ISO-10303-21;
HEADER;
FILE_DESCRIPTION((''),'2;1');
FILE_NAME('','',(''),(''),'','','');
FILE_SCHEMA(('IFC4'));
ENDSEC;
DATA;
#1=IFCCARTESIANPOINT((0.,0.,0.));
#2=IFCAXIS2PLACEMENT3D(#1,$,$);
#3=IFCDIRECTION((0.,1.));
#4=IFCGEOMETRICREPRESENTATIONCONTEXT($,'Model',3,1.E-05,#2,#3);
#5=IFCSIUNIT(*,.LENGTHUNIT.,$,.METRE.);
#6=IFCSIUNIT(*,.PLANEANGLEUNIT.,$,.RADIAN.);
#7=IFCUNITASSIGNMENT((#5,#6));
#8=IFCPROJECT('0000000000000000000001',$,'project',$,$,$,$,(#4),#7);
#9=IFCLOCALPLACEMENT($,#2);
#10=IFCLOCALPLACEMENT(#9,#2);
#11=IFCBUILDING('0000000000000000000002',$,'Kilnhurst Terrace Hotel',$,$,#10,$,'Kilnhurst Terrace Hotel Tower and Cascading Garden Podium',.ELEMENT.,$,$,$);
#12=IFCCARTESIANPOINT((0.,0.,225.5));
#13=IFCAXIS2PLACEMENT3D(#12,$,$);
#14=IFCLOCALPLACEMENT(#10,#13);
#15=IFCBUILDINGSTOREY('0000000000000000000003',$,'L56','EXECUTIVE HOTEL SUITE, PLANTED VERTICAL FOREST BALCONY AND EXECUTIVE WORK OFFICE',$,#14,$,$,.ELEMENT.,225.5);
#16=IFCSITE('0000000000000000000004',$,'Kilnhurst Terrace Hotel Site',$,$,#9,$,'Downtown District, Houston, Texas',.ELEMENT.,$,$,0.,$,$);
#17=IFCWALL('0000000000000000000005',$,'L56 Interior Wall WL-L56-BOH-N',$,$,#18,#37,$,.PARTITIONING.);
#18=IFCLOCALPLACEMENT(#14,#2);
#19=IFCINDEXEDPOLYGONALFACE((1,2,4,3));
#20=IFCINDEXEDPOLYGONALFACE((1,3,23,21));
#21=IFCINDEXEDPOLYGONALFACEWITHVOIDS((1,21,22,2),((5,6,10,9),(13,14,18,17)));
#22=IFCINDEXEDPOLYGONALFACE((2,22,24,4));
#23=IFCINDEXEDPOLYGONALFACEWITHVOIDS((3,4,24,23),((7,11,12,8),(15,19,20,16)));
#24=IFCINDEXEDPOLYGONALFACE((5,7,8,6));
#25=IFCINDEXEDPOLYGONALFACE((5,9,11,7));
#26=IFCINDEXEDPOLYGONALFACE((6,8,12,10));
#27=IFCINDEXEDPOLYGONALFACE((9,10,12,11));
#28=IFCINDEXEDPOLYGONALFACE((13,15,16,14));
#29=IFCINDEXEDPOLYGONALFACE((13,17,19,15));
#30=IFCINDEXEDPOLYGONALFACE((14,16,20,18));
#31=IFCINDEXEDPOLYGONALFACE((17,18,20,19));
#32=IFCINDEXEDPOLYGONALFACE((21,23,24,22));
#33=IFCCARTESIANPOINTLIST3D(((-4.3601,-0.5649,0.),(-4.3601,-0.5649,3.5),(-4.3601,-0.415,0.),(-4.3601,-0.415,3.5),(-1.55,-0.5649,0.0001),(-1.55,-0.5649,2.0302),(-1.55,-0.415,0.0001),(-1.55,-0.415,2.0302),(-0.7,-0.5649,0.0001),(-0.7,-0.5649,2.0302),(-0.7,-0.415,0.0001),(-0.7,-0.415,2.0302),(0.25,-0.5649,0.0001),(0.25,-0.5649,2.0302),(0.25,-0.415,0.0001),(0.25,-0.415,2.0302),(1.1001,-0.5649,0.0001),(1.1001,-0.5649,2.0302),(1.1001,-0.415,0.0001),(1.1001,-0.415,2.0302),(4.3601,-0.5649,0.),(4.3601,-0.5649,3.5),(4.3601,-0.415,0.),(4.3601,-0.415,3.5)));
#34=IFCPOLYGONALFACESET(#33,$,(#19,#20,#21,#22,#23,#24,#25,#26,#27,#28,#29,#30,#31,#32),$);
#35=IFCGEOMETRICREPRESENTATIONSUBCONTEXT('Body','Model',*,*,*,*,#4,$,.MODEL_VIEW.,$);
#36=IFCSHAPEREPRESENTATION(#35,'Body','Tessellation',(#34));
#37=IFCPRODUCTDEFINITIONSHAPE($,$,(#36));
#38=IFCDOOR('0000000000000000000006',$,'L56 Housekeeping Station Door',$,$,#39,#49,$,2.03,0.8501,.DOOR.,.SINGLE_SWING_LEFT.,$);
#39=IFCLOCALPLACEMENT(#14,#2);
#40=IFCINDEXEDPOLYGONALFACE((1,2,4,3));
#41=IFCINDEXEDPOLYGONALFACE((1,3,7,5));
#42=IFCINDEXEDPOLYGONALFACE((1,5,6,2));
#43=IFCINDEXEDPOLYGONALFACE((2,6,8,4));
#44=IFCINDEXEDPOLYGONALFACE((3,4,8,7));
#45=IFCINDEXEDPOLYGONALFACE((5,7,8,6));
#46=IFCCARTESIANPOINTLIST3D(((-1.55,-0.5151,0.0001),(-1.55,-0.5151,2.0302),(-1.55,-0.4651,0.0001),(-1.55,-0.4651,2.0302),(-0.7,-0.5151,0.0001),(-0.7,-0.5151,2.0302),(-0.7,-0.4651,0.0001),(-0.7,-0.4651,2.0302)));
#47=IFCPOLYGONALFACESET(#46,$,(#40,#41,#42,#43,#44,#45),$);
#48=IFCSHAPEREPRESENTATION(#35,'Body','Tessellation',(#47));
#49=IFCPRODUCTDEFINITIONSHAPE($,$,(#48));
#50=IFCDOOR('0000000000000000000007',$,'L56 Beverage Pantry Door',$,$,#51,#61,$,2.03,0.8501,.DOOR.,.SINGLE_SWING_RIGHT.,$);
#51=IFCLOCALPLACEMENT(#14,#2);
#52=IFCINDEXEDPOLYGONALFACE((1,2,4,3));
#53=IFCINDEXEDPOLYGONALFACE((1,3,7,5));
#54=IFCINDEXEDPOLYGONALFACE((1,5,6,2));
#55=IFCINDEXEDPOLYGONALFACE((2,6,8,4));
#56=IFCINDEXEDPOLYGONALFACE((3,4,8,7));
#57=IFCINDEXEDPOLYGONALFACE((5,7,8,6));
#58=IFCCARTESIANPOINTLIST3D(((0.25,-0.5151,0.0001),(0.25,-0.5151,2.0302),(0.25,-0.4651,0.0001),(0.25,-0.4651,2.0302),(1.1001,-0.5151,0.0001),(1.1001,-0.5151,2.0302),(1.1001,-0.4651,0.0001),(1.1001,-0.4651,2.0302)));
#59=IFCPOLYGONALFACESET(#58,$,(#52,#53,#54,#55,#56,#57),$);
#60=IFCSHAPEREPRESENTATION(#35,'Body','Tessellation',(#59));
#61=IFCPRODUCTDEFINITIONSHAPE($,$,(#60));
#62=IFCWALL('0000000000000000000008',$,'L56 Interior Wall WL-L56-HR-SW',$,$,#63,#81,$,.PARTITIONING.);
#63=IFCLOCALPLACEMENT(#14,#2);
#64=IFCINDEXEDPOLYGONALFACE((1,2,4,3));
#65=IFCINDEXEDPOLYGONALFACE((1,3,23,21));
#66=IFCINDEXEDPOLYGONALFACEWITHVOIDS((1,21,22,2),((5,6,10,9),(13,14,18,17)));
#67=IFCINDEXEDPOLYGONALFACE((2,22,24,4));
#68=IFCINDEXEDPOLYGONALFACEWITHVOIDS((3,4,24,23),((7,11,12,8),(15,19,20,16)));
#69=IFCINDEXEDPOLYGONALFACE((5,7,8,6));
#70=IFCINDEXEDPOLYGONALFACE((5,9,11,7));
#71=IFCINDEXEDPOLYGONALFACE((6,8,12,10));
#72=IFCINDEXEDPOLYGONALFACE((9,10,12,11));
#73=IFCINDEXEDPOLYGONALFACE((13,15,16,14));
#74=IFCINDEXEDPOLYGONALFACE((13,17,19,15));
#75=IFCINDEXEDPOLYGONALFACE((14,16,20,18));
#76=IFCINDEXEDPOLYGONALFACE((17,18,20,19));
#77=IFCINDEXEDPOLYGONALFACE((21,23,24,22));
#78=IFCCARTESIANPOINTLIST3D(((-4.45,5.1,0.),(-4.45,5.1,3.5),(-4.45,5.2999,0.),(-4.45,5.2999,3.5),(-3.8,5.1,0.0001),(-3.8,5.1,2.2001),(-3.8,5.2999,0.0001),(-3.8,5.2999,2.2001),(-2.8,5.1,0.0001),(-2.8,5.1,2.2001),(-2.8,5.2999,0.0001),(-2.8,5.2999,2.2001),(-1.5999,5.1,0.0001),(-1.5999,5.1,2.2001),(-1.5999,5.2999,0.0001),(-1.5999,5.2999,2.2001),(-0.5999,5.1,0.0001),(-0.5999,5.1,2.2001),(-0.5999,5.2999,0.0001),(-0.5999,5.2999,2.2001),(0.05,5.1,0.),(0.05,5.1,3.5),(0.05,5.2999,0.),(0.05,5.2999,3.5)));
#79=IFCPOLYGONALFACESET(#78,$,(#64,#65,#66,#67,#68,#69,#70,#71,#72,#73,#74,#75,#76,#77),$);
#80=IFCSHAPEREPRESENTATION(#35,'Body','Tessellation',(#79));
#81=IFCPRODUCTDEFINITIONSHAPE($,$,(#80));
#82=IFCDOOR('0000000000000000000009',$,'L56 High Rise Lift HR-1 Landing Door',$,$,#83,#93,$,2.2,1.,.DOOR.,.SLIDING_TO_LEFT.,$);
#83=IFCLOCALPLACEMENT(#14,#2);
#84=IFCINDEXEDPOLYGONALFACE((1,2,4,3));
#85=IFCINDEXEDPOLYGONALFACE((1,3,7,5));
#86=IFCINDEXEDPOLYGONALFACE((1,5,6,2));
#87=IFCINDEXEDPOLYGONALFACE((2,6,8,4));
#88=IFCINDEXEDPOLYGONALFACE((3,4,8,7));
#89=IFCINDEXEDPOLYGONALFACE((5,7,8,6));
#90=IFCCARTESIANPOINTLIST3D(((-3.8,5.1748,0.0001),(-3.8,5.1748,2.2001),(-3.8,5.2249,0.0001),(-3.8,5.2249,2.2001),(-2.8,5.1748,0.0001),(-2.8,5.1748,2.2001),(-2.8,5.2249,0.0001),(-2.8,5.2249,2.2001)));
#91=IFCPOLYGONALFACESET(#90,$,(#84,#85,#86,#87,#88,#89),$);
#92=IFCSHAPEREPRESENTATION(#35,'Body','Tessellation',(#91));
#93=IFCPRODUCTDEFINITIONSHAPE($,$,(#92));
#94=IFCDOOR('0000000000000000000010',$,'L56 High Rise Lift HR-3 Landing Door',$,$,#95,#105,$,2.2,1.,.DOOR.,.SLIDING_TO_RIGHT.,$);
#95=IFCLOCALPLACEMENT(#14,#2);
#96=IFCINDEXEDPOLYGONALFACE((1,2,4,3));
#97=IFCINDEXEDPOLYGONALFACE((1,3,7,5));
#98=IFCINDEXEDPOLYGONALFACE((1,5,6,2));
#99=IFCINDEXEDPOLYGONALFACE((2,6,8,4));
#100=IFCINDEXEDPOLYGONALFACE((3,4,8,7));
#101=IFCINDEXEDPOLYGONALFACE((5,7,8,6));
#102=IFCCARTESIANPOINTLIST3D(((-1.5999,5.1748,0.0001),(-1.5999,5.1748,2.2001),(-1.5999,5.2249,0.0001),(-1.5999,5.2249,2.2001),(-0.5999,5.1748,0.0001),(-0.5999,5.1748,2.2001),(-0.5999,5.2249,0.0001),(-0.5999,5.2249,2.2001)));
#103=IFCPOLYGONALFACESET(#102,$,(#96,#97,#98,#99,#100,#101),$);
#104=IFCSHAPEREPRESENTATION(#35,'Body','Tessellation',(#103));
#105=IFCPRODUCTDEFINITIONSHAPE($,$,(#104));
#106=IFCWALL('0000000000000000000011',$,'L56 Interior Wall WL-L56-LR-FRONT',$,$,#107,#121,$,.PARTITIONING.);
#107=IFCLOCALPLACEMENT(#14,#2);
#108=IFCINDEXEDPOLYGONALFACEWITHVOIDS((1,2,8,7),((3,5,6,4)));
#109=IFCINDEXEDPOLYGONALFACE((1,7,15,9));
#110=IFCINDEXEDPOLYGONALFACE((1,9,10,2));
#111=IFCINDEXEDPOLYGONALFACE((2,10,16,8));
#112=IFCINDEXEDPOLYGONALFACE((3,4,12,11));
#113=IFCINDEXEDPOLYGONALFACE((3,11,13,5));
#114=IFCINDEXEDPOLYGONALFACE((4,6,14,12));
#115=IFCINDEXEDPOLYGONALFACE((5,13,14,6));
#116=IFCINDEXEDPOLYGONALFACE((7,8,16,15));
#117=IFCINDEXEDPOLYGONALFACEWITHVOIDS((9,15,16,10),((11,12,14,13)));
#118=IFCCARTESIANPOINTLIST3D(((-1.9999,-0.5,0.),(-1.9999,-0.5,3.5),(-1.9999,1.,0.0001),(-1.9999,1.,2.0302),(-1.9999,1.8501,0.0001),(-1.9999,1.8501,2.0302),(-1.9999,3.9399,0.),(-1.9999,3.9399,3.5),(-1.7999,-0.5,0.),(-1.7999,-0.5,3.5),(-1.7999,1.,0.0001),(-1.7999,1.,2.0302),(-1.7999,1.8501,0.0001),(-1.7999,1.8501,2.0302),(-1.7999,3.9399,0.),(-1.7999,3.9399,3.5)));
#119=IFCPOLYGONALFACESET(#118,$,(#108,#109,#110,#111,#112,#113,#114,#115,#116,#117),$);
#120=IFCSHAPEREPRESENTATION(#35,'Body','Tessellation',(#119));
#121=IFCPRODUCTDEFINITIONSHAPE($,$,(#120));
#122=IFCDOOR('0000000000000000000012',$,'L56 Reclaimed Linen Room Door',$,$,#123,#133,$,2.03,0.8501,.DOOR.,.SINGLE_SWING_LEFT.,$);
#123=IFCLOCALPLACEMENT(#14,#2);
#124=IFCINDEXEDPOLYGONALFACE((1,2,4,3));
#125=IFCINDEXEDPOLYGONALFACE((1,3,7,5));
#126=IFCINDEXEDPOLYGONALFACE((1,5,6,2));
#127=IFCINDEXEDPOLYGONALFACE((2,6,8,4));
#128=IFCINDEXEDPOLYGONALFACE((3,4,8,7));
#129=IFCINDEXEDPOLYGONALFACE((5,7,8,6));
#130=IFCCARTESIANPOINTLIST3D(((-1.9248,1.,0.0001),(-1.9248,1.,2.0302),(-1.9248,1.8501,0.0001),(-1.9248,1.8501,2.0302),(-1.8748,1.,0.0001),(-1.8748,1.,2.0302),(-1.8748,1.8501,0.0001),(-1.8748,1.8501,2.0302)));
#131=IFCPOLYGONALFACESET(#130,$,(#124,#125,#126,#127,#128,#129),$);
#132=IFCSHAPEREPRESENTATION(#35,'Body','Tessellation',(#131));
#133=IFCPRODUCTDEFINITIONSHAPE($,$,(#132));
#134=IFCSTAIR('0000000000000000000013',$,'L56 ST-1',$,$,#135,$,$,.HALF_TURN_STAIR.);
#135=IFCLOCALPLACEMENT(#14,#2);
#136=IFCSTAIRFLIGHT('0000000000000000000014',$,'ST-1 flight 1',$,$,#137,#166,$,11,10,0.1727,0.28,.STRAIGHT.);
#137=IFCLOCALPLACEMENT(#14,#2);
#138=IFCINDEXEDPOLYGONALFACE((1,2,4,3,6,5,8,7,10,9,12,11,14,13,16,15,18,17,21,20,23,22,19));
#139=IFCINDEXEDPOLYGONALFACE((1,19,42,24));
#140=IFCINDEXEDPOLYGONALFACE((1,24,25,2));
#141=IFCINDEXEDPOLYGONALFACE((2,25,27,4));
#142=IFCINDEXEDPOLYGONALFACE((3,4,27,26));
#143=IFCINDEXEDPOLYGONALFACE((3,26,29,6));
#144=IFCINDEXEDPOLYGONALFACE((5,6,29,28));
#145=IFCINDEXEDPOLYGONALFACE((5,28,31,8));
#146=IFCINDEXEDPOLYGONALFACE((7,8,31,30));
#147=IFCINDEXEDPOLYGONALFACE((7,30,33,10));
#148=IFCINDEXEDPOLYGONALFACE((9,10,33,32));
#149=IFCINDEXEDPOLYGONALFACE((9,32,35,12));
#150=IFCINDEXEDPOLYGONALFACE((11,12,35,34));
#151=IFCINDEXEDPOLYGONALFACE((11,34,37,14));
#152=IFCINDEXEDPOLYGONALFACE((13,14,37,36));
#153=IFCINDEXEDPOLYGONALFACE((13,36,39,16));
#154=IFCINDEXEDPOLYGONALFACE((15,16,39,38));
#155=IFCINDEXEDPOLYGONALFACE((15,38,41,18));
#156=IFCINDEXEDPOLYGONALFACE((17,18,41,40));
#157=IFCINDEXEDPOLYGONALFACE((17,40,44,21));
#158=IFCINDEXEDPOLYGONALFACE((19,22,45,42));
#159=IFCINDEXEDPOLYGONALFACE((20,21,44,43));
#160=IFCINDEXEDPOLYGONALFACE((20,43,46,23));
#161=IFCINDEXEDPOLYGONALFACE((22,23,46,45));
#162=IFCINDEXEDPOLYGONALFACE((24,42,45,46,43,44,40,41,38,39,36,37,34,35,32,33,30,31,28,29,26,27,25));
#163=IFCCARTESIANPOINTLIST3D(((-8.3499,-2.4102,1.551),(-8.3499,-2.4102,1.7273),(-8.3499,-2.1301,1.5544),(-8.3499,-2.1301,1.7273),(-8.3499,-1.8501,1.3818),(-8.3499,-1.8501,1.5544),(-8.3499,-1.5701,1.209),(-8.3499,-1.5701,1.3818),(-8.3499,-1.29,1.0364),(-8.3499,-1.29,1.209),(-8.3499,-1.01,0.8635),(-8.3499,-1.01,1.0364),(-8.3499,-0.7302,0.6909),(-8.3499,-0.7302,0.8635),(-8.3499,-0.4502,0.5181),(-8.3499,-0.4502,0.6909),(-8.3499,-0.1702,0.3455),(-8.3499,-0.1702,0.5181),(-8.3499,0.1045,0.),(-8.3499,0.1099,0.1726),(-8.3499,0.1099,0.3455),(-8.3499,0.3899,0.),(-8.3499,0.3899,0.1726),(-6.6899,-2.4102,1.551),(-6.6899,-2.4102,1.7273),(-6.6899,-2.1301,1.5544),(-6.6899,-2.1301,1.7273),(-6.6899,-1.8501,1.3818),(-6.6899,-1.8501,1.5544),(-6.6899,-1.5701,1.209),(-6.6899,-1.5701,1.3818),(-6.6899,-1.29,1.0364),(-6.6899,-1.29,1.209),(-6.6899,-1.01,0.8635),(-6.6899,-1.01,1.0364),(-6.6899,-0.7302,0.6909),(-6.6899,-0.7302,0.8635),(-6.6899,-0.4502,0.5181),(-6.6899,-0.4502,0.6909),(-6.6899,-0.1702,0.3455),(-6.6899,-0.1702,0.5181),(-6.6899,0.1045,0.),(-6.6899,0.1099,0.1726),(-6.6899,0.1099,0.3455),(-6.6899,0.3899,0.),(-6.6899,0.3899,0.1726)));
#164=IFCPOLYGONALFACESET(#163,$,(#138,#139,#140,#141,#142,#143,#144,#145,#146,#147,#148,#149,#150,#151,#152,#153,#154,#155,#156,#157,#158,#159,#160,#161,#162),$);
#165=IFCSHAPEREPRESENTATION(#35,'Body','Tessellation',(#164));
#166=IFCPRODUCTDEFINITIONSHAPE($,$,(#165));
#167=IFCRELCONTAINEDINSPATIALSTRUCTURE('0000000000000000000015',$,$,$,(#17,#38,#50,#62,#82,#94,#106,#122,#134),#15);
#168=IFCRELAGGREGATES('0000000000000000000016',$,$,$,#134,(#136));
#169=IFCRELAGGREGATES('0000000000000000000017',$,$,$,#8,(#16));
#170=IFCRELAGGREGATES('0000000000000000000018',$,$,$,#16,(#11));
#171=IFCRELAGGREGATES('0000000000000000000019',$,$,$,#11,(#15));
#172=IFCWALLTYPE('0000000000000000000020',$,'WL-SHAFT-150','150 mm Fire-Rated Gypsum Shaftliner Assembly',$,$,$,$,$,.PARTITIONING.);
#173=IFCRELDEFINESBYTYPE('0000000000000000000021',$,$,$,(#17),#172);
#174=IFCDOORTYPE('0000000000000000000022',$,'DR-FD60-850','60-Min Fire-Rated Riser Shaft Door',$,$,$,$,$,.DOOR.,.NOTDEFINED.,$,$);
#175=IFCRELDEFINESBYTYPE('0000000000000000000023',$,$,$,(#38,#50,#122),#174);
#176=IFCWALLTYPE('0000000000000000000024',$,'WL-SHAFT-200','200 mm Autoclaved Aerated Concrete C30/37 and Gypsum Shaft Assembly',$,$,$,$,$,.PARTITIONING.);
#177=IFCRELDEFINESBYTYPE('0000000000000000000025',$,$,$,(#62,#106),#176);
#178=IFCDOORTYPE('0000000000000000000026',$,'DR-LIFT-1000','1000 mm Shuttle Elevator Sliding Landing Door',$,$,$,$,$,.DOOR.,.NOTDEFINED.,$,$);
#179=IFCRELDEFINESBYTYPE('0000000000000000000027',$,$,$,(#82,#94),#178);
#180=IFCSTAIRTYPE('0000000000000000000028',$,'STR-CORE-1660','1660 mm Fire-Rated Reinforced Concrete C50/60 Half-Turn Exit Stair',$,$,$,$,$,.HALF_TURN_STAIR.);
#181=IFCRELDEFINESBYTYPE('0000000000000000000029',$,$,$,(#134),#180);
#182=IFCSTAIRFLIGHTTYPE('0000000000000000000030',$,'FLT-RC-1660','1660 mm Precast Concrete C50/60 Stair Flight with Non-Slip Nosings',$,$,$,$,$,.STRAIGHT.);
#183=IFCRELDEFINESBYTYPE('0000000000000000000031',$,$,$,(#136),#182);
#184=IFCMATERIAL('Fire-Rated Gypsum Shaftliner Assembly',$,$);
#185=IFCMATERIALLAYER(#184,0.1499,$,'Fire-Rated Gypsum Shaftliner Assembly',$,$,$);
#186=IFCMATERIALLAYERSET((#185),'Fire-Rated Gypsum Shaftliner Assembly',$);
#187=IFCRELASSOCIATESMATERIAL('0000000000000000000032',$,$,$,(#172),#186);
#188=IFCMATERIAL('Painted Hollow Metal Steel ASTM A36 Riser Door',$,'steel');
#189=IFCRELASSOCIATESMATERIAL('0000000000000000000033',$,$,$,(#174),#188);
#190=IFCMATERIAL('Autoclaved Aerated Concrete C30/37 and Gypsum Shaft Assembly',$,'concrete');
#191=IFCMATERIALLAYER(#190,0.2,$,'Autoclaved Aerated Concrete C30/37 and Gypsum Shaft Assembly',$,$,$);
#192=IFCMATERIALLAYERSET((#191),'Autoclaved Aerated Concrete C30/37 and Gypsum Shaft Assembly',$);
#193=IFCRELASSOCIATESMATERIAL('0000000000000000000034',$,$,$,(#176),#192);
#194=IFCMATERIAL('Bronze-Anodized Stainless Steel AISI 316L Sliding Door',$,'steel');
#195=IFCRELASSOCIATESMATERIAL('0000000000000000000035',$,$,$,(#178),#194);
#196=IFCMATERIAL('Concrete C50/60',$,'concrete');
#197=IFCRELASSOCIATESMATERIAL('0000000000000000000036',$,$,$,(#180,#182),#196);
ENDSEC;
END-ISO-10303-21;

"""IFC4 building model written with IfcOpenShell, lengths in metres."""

from ifc_helpers import new_model, si_unit, direction, frame, frame_2d, origin, place, context, subcontext, project, spatial, polyline, rectangle, outline, extrude, material, layer, layer_set, type_object, element, fill, aggregate, save


model = new_model("IFC4")

# Units and contexts
model_context = context("Model", 3, precision=1e-05, world=origin(), true_north=direction((0.0, 1.0)))
body_context = subcontext(model_context, "Body", "Model", "MODEL_VIEW")
ifc_project = project(units=[si_unit("LENGTHUNIT", "METRE"), si_unit("PLANEANGLEUNIT", "RADIAN")], contexts=[model_context])

# Site, building, storey
site_placement = place(None, origin())
site = spatial("IfcSite", under=ifc_project, at=site_placement, Name="Kilnhurst Terrace Hotel Site", LongName="Downtown District, Houston, Texas", CompositionType="ELEMENT", RefElevation=0.0)
building_placement = place(site_placement, origin())
building = spatial("IfcBuilding", under=site, at=building_placement, Name="Kilnhurst Terrace Hotel", LongName="Kilnhurst Terrace Hotel Tower and Cascading Garden Podium", CompositionType="ELEMENT")
storey_placement = place(building_placement, frame((0.0, 0.0, 225.5)))
storey = spatial("IfcBuildingStorey", under=building, at=storey_placement, Name="L56", Description="EXECUTIVE HOTEL SUITE, PLANTED VERTICAL FOREST BALCONY AND EXECUTIVE WORK OFFICE", CompositionType="ELEMENT", Elevation=225.5)

# Shared definitions
ifc_material_1 = material(Name="Concrete C50/60", Category="concrete")

# Shared definitions
ifc_material_2 = material(Name="Fire-Rated Gypsum Shaftliner Assembly")
ifc_layer_1 = layer(ifc_material_2, 0.1499, Name="Fire-Rated Gypsum Shaftliner Assembly")
ifc_layer_set_1 = layer_set([ifc_layer_1], Name="Fire-Rated Gypsum Shaftliner Assembly")
wall_type_1 = type_object("IfcWallType", Name="WL-SHAFT-150", Description="150 mm Fire-Rated Gypsum Shaftliner Assembly", PredefinedType="PARTITIONING", material=ifc_layer_set_1)

# Walls, openings, doors
wall_1_placement = place(storey_placement, frame((-4.3601, -0.49, 0.0), z_axis=(0.0, 0.0, 1.0), x_axis=(1.0, 0.0, 0.0)))
wall_1 = element("IfcWall", 1, at=wall_1_placement, inside=storey, type_object=wall_type_1, Name="L56 Interior Wall WL-L56-BOH-N", PredefinedType="PARTITIONING", context=body_context, shape_type="SweptSolid", body=[
    extrude(rectangle(XDim=8.7202, YDim=0.1499, at=frame_2d((4.3601, 0.0))), origin(), (0.0, 0.0, 1.0), 3.5),
])
opening_1_placement = place(wall_1_placement, frame((2.8101, 0.0, 0.0)))
opening_1 = element("IfcOpeningElement", 2, at=opening_1_placement, cuts=wall_1, PredefinedType="OPENING", context=body_context, shape_type="SweptSolid", body=[
    extrude(rectangle(XDim=0.8501, YDim=2.03, at=frame_2d((0.425, 1.0151))), frame((0.0, 0.085, 0.0), z_axis=(0.0, -1.0, 0.0), x_axis=(1.0, 0.0, 0.0)), (0.0, 0.0, 1.0), 0.1699),
])
opening_2_placement = place(wall_1_placement, frame((4.6101, 0.0, 0.0)))
opening_2 = element("IfcOpeningElement", 3, at=opening_2_placement, cuts=wall_1, PredefinedType="OPENING", context=body_context, shape_type="SweptSolid", body=[
    extrude(rectangle(XDim=0.8501, YDim=2.03, at=frame_2d((0.425, 1.0151))), frame((0.0, 0.085, 0.0), z_axis=(0.0, -1.0, 0.0), x_axis=(1.0, 0.0, 0.0)), (0.0, 0.0, 1.0), 0.1699),
])
ifc_material_3 = material(Name="Painted Hollow Metal Steel ASTM A36 Riser Door", Category="steel")
door_type_1 = type_object("IfcDoorType", Name="DR-FD60-850", Description="60-Min Fire-Rated Riser Shaft Door", OperationType="NOTDEFINED", PredefinedType="DOOR", material=ifc_material_3)
door_1_placement = place(opening_1_placement, origin())
door_1 = element("IfcDoor", 4, at=door_1_placement, inside=storey, type_object=door_type_1, Name="L56 Housekeeping Station Door", OperationType="SINGLE_SWING_LEFT", OverallHeight=2.03, OverallWidth=0.8501, PredefinedType="DOOR", context=body_context, shape_type="SweptSolid", body=[
    extrude(rectangle(XDim=0.8501, YDim=2.03, at=frame_2d((0.425, 1.0151))), frame((0.0, 0.0249, 0.0), z_axis=(0.0, -1.0, 0.0), x_axis=(1.0, 0.0, 0.0)), (0.0, 0.0, 1.0), 0.05),
])
fill(opening_1, door_1)
door_2_placement = place(opening_2_placement, origin())
door_2 = element("IfcDoor", 5, at=door_2_placement, inside=storey, type_object=door_type_1, Name="L56 Beverage Pantry Door", OperationType="SINGLE_SWING_RIGHT", OverallHeight=2.03, OverallWidth=0.8501, PredefinedType="DOOR", context=body_context, shape_type="SweptSolid", body=[
    extrude(rectangle(XDim=0.8501, YDim=2.03, at=frame_2d((0.425, 1.0151))), frame((0.0, 0.0249, 0.0), z_axis=(0.0, -1.0, 0.0), x_axis=(1.0, 0.0, 0.0)), (0.0, 0.0, 1.0), 0.05),
])
fill(opening_2, door_2)
ifc_material_4 = material(Name="Autoclaved Aerated Concrete C30/37 and Gypsum Shaft Assembly", Category="concrete")
ifc_layer_2 = layer(ifc_material_4, 0.2, Name="Autoclaved Aerated Concrete C30/37 and Gypsum Shaft Assembly")
ifc_layer_set_2 = layer_set([ifc_layer_2], Name="Autoclaved Aerated Concrete C30/37 and Gypsum Shaft Assembly")
wall_type_2 = type_object("IfcWallType", Name="WL-SHAFT-200", Description="200 mm Autoclaved Aerated Concrete C30/37 and Gypsum Shaft Assembly", PredefinedType="PARTITIONING", material=ifc_layer_set_2)
wall_2_placement = place(storey_placement, frame((-4.45, 5.2, 0.0), z_axis=(0.0, 0.0, 1.0), x_axis=(1.0, 0.0, 0.0)))
wall_2 = element("IfcWall", 6, at=wall_2_placement, inside=storey, type_object=wall_type_2, Name="L56 Interior Wall WL-L56-HR-SW", PredefinedType="PARTITIONING", context=body_context, shape_type="SweptSolid", body=[
    extrude(rectangle(XDim=4.5, YDim=0.2, at=frame_2d((2.25, 0.0))), origin(), (0.0, 0.0, 1.0), 3.5),
])
opening_3_placement = place(wall_2_placement, frame((0.6499, 0.0, 0.0)))
opening_3 = element("IfcOpeningElement", 7, at=opening_3_placement, cuts=wall_2, PredefinedType="OPENING", context=body_context, shape_type="SweptSolid", body=[
    extrude(rectangle(XDim=1.0, YDim=2.2, at=frame_2d((0.5, 1.1001))), frame((0.0, 0.1099, 0.0), z_axis=(0.0, -1.0, 0.0), x_axis=(1.0, 0.0, 0.0)), (0.0, 0.0, 1.0), 0.22),
])
opening_4_placement = place(wall_2_placement, frame((2.8501, 0.0, 0.0)))
opening_4 = element("IfcOpeningElement", 8, at=opening_4_placement, cuts=wall_2, PredefinedType="OPENING", context=body_context, shape_type="SweptSolid", body=[
    extrude(rectangle(XDim=1.0, YDim=2.2, at=frame_2d((0.5, 1.1001))), frame((0.0, 0.1099, 0.0), z_axis=(0.0, -1.0, 0.0), x_axis=(1.0, 0.0, 0.0)), (0.0, 0.0, 1.0), 0.22),
])
ifc_material_5 = material(Name="Bronze-Anodized Stainless Steel AISI 316L Sliding Door", Category="steel")
door_type_2 = type_object("IfcDoorType", Name="DR-LIFT-1000", Description="1000 mm Shuttle Elevator Sliding Landing Door", OperationType="NOTDEFINED", PredefinedType="DOOR", material=ifc_material_5)
door_3_placement = place(opening_3_placement, origin())
door_3 = element("IfcDoor", 9, at=door_3_placement, inside=storey, type_object=door_type_2, Name="L56 High Rise Lift HR-1 Landing Door", OperationType="SLIDING_TO_LEFT", OverallHeight=2.2, OverallWidth=1.0, PredefinedType="DOOR", context=body_context, shape_type="SweptSolid", body=[
    extrude(rectangle(XDim=1.0, YDim=2.2, at=frame_2d((0.5, 1.1001))), frame((0.0, 0.0249, 0.0), z_axis=(0.0, -1.0, 0.0), x_axis=(1.0, 0.0, 0.0)), (0.0, 0.0, 1.0), 0.05),
])
fill(opening_3, door_3)
door_4_placement = place(opening_4_placement, origin())
door_4 = element("IfcDoor", 10, at=door_4_placement, inside=storey, type_object=door_type_2, Name="L56 High Rise Lift HR-3 Landing Door", OperationType="SLIDING_TO_RIGHT", OverallHeight=2.2, OverallWidth=1.0, PredefinedType="DOOR", context=body_context, shape_type="SweptSolid", body=[
    extrude(rectangle(XDim=1.0, YDim=2.2, at=frame_2d((0.5, 1.1001))), frame((0.0, 0.0249, 0.0), z_axis=(0.0, -1.0, 0.0), x_axis=(1.0, 0.0, 0.0)), (0.0, 0.0, 1.0), 0.05),
])
fill(opening_4, door_4)

# Wall, opening, door
wall_3_placement = place(storey_placement, frame((-1.8999, -0.5, 0.0), z_axis=(0.0, 0.0, 1.0), x_axis=(0.0, 1.0, 0.0)))
wall_3 = element("IfcWall", 11, at=wall_3_placement, inside=storey, type_object=wall_type_2, Name="L56 Interior Wall WL-L56-LR-FRONT", PredefinedType="PARTITIONING", context=body_context, shape_type="SweptSolid", body=[
    extrude(rectangle(XDim=4.4399, YDim=0.2, at=frame_2d((2.22, 0.0))), origin(), (0.0, 0.0, 1.0), 3.5),
])
opening_5_placement = place(wall_3_placement, frame((1.5, 0.0, 0.0)))
opening_5 = element("IfcOpeningElement", 12, at=opening_5_placement, cuts=wall_3, PredefinedType="OPENING", context=body_context, shape_type="SweptSolid", body=[
    extrude(rectangle(XDim=0.8501, YDim=2.03, at=frame_2d((0.425, 1.0151))), frame((0.0, 0.1099, 0.0), z_axis=(0.0, -1.0, 0.0), x_axis=(1.0, 0.0, 0.0)), (0.0, 0.0, 1.0), 0.22),
])
door_5_placement = place(opening_5_placement, origin())
door_5 = element("IfcDoor", 13, at=door_5_placement, inside=storey, type_object=door_type_1, Name="L56 Reclaimed Linen Room Door", OperationType="SINGLE_SWING_LEFT", OverallHeight=2.03, OverallWidth=0.8501, PredefinedType="DOOR", context=body_context, shape_type="SweptSolid", body=[
    extrude(rectangle(XDim=0.8501, YDim=2.03, at=frame_2d((0.425, 1.0151))), frame((0.0, 0.0249, 0.0), z_axis=(0.0, -1.0, 0.0), x_axis=(1.0, 0.0, 0.0)), (0.0, 0.0, 1.0), 0.05),
])
fill(opening_5, door_5)

# Stair, stair flight
stair_type = type_object("IfcStairType", Name="STR-CORE-1660", Description="1660 mm Fire-Rated Reinforced Concrete C50/60 Half-Turn Exit Stair", PredefinedType="HALF_TURN_STAIR", material=ifc_material_1)
stair_placement = place(storey_placement, origin())
stair = element("IfcStair", 14, at=stair_placement, inside=storey, type_object=stair_type, Name="L56 ST-1", PredefinedType="HALF_TURN_STAIR")
stair_flight_type = type_object("IfcStairFlightType", Name="FLT-RC-1660", Description="1660 mm Precast Concrete C50/60 Stair Flight with Non-Slip Nosings", PredefinedType="STRAIGHT", material=ifc_material_1)
stair_flight_placement = place(storey_placement, frame((-7.52, 0.3899, 0.0), z_axis=(0.0, 0.0, 1.0), x_axis=(0.0, -1.0, 0.0)))
stair_flight = element("IfcStairFlight", 15, at=stair_flight_placement, type_object=stair_flight_type, Name="ST-1 flight 1", NumberOfRisers=11, NumberOfTreads=10, PredefinedType="STRAIGHT", RiserHeight=0.1727, TreadLength=0.28, context=body_context, shape_type="SweptSolid", body=[
    extrude(outline(polyline([(0.0, 0.0), (0.0, 0.1726), (0.28, 0.1726), (0.28, 0.3455), (0.5601, 0.3455), (0.5601, 0.5181), (0.8401, 0.5181), (0.8401, 0.6909), (1.1201, 0.6909), (1.1201, 0.8635), (1.3999, 0.8635), (1.3999, 1.0364), (1.6799, 1.0364), (1.6799, 1.209), (1.96, 1.209), (1.96, 1.3818), (2.24, 1.3818), (2.24, 1.5544), (2.52, 1.5544), (2.52, 1.7273), (2.8, 1.7273), (2.8, 1.8999), (2.8, 1.551), (0.2854, 0.0), (0.0, 0.0)])), frame((0.0, 0.8301, 0.0), z_axis=(0.0, -1.0, 0.0), x_axis=(1.0, 0.0, 0.0)), (0.0, 0.0, 1.0), 1.6599),
])
aggregate(stair, [stair_flight])

save(model, "model.ifc")
